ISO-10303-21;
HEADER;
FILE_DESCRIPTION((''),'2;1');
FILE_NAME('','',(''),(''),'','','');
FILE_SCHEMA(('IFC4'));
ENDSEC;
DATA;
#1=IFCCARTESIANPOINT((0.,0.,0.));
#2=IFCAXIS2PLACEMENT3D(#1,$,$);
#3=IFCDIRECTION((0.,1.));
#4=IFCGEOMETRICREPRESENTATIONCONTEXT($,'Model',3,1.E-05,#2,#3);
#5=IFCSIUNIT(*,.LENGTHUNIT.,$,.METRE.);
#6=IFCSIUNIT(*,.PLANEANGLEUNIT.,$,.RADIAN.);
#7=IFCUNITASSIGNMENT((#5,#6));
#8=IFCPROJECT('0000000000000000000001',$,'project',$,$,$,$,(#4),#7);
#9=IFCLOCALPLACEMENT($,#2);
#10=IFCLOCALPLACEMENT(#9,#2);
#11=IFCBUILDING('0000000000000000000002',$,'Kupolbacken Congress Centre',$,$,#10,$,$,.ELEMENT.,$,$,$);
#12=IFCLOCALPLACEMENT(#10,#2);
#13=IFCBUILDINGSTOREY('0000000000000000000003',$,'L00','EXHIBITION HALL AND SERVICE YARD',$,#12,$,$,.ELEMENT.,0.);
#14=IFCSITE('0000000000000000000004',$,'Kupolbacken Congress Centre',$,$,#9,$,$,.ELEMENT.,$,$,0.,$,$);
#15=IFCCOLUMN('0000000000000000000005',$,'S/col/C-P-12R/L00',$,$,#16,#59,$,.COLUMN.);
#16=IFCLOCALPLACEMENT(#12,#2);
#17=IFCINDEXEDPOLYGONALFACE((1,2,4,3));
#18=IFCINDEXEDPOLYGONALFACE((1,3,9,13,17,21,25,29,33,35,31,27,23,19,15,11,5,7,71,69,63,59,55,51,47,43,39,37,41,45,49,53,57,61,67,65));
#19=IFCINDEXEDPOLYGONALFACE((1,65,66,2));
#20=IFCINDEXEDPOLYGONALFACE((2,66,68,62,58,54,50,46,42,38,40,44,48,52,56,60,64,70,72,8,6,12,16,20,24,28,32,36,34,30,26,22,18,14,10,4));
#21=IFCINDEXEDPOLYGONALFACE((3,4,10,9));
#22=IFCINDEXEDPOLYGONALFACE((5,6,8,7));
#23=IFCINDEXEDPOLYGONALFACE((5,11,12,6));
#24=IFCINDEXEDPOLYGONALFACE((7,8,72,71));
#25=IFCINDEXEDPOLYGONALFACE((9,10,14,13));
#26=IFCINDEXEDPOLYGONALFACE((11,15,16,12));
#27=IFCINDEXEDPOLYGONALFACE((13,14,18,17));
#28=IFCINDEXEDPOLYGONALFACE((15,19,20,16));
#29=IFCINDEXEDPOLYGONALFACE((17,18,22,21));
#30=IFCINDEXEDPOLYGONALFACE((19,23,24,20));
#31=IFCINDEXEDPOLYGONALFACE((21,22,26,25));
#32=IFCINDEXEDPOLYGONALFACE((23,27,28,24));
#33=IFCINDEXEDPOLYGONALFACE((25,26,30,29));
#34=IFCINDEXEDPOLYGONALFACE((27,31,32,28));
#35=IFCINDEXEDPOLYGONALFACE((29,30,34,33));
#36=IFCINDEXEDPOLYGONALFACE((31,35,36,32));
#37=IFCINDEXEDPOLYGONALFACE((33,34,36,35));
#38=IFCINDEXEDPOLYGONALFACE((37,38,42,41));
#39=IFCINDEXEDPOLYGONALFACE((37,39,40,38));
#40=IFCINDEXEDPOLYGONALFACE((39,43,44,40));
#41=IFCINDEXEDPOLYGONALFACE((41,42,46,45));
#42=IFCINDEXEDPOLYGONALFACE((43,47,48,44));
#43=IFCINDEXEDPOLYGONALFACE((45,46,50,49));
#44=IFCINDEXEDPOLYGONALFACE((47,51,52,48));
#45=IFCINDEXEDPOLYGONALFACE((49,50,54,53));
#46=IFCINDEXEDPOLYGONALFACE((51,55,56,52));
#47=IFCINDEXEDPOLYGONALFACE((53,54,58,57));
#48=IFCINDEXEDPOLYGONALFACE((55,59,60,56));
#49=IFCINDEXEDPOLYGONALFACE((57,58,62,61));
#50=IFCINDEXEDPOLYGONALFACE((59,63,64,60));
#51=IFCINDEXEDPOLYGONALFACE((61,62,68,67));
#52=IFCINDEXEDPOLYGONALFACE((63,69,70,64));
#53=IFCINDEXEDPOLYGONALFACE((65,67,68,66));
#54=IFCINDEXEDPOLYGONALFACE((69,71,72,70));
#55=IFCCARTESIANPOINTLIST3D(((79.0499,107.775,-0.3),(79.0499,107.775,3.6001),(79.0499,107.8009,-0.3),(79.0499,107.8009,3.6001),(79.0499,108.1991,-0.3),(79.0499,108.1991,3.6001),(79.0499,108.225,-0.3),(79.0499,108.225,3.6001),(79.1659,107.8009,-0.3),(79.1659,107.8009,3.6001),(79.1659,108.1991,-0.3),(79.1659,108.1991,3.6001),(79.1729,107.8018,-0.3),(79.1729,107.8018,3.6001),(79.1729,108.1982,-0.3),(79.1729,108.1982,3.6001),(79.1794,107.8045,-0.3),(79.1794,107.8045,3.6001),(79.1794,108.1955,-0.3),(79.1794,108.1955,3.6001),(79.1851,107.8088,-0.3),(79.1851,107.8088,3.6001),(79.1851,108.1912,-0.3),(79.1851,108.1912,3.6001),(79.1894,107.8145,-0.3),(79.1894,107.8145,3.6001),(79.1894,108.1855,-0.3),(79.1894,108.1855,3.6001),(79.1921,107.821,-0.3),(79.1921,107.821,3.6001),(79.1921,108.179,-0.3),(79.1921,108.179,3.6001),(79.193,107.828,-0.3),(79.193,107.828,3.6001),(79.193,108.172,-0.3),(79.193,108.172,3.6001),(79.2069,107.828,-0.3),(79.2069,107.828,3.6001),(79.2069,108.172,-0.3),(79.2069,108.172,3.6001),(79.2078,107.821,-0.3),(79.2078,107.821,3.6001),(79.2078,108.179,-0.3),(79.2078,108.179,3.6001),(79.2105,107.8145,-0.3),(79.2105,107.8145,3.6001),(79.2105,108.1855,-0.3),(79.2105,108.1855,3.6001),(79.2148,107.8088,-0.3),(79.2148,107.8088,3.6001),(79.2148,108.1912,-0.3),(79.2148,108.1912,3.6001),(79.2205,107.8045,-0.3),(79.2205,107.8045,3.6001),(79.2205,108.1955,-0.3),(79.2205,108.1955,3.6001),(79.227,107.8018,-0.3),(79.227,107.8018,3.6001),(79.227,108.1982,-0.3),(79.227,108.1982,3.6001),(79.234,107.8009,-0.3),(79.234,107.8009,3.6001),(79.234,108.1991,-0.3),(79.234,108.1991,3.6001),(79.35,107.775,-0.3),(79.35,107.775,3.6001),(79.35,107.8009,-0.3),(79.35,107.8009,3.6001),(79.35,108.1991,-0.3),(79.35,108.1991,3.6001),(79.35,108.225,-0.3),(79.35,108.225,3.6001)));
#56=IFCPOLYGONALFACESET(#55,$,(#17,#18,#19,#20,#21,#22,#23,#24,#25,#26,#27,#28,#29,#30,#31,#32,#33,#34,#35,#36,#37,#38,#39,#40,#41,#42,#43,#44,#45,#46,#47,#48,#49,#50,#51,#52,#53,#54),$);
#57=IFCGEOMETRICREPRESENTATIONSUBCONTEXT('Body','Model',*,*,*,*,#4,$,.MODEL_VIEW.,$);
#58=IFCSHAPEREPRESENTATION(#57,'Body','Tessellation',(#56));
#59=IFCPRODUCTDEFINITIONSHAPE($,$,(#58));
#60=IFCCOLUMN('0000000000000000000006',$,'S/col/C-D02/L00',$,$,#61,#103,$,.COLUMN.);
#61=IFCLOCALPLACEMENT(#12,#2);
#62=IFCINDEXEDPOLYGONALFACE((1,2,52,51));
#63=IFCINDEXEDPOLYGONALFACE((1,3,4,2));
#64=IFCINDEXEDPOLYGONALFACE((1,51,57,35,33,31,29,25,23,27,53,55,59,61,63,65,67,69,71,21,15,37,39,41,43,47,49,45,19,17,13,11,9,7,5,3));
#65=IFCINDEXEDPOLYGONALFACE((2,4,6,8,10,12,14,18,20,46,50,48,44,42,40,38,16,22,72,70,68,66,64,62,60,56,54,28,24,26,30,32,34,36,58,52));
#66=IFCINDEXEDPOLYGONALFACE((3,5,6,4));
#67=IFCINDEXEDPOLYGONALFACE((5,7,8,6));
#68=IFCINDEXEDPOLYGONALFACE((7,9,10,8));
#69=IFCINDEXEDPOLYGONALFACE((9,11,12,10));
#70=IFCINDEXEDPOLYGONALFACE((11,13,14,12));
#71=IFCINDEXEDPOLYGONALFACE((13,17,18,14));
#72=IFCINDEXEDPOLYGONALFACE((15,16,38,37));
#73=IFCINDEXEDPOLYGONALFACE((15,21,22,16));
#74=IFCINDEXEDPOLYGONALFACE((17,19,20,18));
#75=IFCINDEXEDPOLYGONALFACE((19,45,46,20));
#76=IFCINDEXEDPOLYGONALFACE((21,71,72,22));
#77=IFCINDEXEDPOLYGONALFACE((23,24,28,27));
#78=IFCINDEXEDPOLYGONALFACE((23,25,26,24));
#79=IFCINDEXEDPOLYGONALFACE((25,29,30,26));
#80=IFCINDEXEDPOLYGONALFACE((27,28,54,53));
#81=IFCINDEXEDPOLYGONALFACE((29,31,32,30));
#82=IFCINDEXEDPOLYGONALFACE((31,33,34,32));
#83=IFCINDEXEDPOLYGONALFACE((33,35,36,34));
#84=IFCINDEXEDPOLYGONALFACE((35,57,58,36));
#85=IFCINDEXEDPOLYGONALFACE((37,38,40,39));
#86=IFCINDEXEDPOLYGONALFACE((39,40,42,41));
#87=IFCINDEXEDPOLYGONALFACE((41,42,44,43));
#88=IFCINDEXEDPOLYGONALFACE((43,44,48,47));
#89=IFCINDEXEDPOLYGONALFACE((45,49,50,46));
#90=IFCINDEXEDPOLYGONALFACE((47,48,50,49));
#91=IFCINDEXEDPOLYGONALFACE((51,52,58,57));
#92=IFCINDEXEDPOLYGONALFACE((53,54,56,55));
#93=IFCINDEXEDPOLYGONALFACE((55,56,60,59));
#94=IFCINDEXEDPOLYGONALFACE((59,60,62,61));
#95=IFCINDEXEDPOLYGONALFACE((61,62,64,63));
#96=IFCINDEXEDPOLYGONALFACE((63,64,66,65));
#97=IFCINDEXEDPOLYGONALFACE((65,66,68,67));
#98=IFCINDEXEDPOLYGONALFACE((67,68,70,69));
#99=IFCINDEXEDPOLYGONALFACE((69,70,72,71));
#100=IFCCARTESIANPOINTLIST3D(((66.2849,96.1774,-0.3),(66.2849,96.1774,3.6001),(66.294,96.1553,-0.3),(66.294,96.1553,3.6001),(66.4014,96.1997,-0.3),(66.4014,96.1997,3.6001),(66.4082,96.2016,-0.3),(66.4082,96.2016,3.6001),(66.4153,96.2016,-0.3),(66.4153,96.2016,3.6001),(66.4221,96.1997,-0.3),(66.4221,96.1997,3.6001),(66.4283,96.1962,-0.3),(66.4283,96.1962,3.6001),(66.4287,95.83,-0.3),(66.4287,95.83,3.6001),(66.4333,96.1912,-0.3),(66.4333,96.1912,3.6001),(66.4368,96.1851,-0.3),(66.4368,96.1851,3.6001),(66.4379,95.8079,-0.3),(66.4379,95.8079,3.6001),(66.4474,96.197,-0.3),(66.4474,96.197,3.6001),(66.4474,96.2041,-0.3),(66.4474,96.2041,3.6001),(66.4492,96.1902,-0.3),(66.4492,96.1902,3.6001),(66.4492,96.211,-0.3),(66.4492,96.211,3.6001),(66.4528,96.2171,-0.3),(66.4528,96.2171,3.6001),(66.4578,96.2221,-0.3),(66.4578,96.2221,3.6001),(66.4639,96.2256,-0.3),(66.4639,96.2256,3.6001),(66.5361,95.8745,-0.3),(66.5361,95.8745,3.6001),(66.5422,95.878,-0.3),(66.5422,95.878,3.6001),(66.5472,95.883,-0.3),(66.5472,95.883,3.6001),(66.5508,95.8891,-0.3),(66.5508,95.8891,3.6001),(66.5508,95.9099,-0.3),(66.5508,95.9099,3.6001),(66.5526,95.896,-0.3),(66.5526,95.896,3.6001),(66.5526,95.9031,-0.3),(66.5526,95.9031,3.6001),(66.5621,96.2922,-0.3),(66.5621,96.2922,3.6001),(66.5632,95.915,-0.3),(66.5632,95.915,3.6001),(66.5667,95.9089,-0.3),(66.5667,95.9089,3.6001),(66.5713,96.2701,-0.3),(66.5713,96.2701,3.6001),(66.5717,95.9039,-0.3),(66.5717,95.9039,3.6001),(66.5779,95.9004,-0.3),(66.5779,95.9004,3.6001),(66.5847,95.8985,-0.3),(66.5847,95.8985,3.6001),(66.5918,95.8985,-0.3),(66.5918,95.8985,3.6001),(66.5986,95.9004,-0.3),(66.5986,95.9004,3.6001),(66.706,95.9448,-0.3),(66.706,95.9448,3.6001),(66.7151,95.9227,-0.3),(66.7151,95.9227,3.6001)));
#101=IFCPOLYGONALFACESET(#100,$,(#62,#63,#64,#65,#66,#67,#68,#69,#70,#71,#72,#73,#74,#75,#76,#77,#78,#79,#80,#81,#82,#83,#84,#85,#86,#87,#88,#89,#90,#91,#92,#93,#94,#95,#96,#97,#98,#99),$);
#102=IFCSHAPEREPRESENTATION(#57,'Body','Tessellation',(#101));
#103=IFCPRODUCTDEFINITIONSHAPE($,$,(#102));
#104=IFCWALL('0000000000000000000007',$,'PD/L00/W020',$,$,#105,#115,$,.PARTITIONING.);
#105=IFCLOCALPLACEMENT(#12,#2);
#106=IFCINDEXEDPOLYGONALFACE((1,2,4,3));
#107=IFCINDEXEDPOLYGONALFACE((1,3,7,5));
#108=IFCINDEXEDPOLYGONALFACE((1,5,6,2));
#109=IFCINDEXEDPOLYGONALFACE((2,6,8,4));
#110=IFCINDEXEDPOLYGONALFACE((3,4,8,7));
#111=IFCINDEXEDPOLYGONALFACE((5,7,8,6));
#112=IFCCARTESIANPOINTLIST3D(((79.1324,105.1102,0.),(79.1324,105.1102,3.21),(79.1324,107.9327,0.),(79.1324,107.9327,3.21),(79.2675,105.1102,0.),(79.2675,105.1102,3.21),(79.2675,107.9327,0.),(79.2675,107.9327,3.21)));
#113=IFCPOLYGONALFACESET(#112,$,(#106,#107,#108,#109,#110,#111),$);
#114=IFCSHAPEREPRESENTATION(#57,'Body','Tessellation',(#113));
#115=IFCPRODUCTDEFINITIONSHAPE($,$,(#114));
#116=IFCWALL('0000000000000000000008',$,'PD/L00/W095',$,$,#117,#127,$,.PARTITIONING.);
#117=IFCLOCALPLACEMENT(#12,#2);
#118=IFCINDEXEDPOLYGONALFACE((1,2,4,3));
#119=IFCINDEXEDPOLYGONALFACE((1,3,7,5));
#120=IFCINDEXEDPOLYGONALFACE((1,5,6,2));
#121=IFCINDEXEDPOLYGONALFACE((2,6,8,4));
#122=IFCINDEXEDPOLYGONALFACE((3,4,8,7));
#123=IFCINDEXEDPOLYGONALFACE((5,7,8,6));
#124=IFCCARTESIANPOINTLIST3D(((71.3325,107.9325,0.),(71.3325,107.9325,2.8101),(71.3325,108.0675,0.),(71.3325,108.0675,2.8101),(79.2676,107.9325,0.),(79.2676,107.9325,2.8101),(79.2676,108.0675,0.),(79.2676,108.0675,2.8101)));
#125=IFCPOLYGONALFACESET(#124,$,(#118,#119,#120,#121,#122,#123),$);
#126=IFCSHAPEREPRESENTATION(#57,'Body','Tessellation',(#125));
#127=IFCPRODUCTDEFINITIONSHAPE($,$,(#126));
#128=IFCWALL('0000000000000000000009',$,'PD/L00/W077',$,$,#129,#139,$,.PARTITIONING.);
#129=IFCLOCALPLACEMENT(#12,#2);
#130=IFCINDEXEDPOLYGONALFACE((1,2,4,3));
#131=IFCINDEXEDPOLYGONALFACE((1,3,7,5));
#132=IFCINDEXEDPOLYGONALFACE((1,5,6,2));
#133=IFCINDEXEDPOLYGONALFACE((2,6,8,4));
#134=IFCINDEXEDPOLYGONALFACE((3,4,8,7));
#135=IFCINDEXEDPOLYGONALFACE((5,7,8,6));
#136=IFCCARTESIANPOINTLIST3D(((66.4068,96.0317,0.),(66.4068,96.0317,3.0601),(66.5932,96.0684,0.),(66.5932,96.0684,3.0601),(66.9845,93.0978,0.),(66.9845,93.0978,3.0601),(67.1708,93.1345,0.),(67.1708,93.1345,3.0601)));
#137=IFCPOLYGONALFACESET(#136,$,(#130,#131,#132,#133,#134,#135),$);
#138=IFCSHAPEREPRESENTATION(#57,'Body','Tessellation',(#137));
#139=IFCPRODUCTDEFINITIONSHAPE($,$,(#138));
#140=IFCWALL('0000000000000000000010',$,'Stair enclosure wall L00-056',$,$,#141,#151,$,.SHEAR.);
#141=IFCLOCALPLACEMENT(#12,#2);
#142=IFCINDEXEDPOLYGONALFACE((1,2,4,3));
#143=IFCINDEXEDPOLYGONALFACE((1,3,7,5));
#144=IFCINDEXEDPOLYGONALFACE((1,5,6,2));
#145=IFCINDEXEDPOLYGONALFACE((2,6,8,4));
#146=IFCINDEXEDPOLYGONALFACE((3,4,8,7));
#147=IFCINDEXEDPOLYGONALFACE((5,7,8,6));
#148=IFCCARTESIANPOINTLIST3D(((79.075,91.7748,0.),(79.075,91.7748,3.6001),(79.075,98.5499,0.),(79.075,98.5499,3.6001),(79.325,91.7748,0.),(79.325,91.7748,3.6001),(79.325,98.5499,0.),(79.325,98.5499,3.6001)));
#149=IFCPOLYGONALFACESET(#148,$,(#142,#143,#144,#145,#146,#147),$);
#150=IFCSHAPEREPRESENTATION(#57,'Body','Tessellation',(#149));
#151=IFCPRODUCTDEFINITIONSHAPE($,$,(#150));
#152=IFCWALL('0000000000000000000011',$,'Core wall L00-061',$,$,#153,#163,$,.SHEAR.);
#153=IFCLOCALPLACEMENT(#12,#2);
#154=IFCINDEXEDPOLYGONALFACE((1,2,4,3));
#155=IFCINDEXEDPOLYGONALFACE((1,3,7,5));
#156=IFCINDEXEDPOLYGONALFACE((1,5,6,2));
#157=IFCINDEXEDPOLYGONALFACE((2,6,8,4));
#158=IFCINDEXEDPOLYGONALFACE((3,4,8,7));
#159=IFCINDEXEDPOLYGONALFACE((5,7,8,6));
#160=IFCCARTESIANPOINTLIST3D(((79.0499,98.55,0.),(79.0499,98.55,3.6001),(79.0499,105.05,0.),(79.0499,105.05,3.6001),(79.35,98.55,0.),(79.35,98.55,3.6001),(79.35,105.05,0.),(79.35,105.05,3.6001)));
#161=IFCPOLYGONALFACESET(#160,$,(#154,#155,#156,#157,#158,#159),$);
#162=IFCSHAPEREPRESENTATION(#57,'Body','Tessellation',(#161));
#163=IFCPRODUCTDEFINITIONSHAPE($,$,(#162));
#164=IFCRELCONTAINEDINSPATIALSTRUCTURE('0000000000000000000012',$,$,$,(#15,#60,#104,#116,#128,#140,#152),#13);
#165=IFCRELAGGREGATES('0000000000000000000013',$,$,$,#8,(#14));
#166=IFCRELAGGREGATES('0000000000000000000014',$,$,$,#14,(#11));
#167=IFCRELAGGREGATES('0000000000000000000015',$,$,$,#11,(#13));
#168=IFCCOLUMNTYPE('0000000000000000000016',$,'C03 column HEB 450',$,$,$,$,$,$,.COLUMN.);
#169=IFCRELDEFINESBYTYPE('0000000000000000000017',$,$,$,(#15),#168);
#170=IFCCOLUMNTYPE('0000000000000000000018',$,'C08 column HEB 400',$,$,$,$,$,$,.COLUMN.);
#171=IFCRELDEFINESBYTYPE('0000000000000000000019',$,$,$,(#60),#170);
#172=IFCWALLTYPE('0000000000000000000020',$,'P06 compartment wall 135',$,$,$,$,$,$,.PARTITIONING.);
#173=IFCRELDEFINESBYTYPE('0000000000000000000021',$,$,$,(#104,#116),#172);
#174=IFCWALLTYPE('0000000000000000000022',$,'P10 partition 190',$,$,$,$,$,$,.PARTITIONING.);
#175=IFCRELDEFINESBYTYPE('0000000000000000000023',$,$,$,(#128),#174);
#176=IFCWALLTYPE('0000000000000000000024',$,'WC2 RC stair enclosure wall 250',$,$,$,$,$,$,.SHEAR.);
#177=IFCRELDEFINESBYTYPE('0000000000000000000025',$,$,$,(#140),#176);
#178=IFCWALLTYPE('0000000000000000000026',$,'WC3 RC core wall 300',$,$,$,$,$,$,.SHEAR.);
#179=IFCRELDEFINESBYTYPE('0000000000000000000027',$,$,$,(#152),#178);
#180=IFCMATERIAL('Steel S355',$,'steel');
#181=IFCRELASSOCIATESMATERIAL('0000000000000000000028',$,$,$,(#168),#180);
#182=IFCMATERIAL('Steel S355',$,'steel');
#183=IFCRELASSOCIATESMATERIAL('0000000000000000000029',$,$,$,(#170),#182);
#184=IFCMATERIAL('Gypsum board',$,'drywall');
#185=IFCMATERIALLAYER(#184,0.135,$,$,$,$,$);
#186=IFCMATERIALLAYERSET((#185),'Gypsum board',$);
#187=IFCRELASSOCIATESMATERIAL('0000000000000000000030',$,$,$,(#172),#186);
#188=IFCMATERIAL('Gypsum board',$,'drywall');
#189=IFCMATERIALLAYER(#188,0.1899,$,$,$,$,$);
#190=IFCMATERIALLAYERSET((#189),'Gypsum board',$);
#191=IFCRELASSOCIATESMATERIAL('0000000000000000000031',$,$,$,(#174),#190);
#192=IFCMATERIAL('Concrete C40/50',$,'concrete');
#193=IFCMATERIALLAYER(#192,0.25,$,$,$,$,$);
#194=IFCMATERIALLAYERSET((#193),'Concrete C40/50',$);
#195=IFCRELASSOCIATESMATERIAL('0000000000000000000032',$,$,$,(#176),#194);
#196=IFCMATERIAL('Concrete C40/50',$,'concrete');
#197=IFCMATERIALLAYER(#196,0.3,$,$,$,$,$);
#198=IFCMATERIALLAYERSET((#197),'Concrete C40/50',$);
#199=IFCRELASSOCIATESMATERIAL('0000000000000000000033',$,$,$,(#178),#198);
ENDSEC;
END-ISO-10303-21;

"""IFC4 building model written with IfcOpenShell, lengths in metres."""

from ifc_helpers import new_model, si_unit, direction, frame, frame_2d, origin, origin_2d, place, context, subcontext, project, spatial, rectangle, i_section, extrude, material, layer, layer_set, material_profile, profile_set, type_object, element, save


model = new_model("IFC4")

# Units and contexts
model_context = context("Model", 3, precision=1e-05, world=origin(), true_north=direction((0.0, 1.0)))
body_context = subcontext(model_context, "Body", "Model", "MODEL_VIEW")
ifc_project = project(units=[si_unit("LENGTHUNIT", "METRE"), si_unit("PLANEANGLEUNIT", "RADIAN")], contexts=[model_context])

# Site, building, storey
site_placement = place(None, origin())
site = spatial("IfcSite", under=ifc_project, at=site_placement, Name="Kupolbacken Congress Centre", CompositionType="ELEMENT", RefElevation=0.0)
building_placement = place(site_placement, origin())
building = spatial("IfcBuilding", under=site, at=building_placement, Name="Kupolbacken Congress Centre", CompositionType="ELEMENT")
storey_placement = place(building_placement, origin())
storey = spatial("IfcBuildingStorey", under=building, at=storey_placement, Name="L00", Description="EXHIBITION HALL AND SERVICE YARD", CompositionType="ELEMENT", Elevation=0.0)

# Columns
ifc_material_1 = material(Name="Steel S355", Category="steel")
ifc_material_profile_1 = material_profile(ifc_material_1, i_section(OverallWidth=0.3, OverallDepth=0.45, WebThickness=0.0139, FlangeThickness=0.0259, FilletRadius=0.0271, at=origin_2d()), Name="HEB 450")
ifc_profile_set_1 = profile_set([ifc_material_profile_1], Name="Steel S355")
column_type_1 = type_object("IfcColumnType", Name="C03 column HEB 450", PredefinedType="COLUMN", material=ifc_profile_set_1)
for number, where, z_axis, x_axis, name in (
    (1, (79.2, 108.0, -0.3), (0.0, 0.0, 1.0), (1.0, 0.0, 0.0), "S/col/C-P-12R/L00"),
):
    element("IfcColumn", number, at=place(storey_placement, frame(where, z_axis=z_axis, x_axis=x_axis)), inside=storey, type_object=column_type_1, Name=name, PredefinedType="COLUMN", context=body_context, shape_type="SweptSolid", body=[
        extrude(i_section(OverallWidth=0.3, OverallDepth=0.45, WebThickness=0.0139, FlangeThickness=0.0259, FilletRadius=0.0271, at=origin_2d()), origin(), (0.0, 0.0, 1.0), 3.9001),
    ])
ifc_material_2 = material(Name="Steel S355", Category="steel")
ifc_material_profile_2 = material_profile(ifc_material_2, i_section(OverallWidth=0.3, OverallDepth=0.3999, WebThickness=0.0134, FlangeThickness=0.0239, FilletRadius=0.0271, at=origin_2d()), Name="HEB 400")
ifc_profile_set_2 = profile_set([ifc_material_profile_2], Name="Steel S355")
column_type_2 = type_object("IfcColumnType", Name="C08 column HEB 400", PredefinedType="COLUMN", material=ifc_profile_set_2)
column_placement = place(storey_placement, frame((66.5, 96.05, -0.3), z_axis=(0.0, 0.0, 1.0), x_axis=(0.923896, 0.382644, 0.0)))
element("IfcColumn", 2, at=column_placement, inside=storey, type_object=column_type_2, Name="S/col/C-D02/L00", PredefinedType="COLUMN", context=body_context, shape_type="SweptSolid", body=[
    extrude(i_section(OverallWidth=0.3, OverallDepth=0.3999, WebThickness=0.0134, FlangeThickness=0.0239, FilletRadius=0.0271, at=origin_2d()), origin(), (0.0, 0.0, 1.0), 3.9001),
])

# Walls
ifc_material_3 = material(Name="Gypsum board", Category="drywall")
ifc_layer_1 = layer(ifc_material_3, 0.135)
ifc_layer_set_1 = layer_set([ifc_layer_1], Name="Gypsum board")
wall_type_1 = type_object("IfcWallType", Name="P06 compartment wall 135", PredefinedType="PARTITIONING", material=ifc_layer_set_1)
wall_1_placement = place(storey_placement, frame((79.2, 107.9326, 0.0), z_axis=(0.0, 0.0, 1.0), x_axis=(0.0, -1.0, 0.0)))
element("IfcWall", 3, at=wall_1_placement, inside=storey, type_object=wall_type_1, Name="PD/L00/W020", PredefinedType="PARTITIONING", context=body_context, shape_type="SweptSolid", body=[
    extrude(rectangle(XDim=2.8225, YDim=0.135, at=frame_2d((1.4111, 0.0))), origin(), (0.0, 0.0, 1.0), 3.21),
])
wall_2_placement = place(storey_placement, frame((71.3325, 108.0, 0.0), z_axis=(0.0, 0.0, 1.0), x_axis=(1.0, 0.0, 0.0)))
element("IfcWall", 4, at=wall_2_placement, inside=storey, type_object=wall_type_1, Name="PD/L00/W095", PredefinedType="PARTITIONING", context=body_context, shape_type="SweptSolid", body=[
    extrude(rectangle(XDim=7.9351, YDim=0.135, at=frame_2d((3.9675, 0.0))), origin(), (0.0, 0.0, 1.0), 2.8101),
])
ifc_material_4 = material(Name="Gypsum board", Category="drywall")
ifc_layer_2 = layer(ifc_material_4, 0.1899)
ifc_layer_set_2 = layer_set([ifc_layer_2], Name="Gypsum board")
wall_type_2 = type_object("IfcWallType", Name="P10 partition 190", PredefinedType="PARTITIONING", material=ifc_layer_set_2)
wall_3_placement = place(storey_placement, frame((66.5, 96.05, 0.0), z_axis=(0.0, 0.0, 1.0), x_axis=(0.193179, -0.981164, 0.0)))
element("IfcWall", 5, at=wall_3_placement, inside=storey, type_object=wall_type_2, Name="PD/L00/W077", PredefinedType="PARTITIONING", context=body_context, shape_type="SweptSolid", body=[
    extrude(rectangle(XDim=2.9902, YDim=0.1899, at=frame_2d((1.4951, 0.0))), origin(), (0.0, 0.0, 1.0), 3.0601),
])
ifc_material_5 = material(Name="Concrete C40/50", Category="concrete")
ifc_layer_3 = layer(ifc_material_5, 0.25)
ifc_layer_set_3 = layer_set([ifc_layer_3], Name="Concrete C40/50")
wall_type_3 = type_object("IfcWallType", Name="WC2 RC stair enclosure wall 250", PredefinedType="SHEAR", material=ifc_layer_set_3)
wall_4_placement = place(storey_placement, frame((79.2, 98.55, 0.0), z_axis=(0.0, 0.0, 1.0), x_axis=(0.0, -1.0, 0.0)))
element("IfcWall", 6, at=wall_4_placement, inside=storey, type_object=wall_type_3, Name="Stair enclosure wall L00-056", PredefinedType="SHEAR", context=body_context, shape_type="SweptSolid", body=[
    extrude(rectangle(XDim=6.7751, YDim=0.25, at=frame_2d((3.3877, 0.0))), origin(), (0.0, 0.0, 1.0), 3.6001),
])
ifc_material_6 = material(Name="Concrete C40/50", Category="concrete")
ifc_layer_4 = layer(ifc_material_6, 0.3)
ifc_layer_set_4 = layer_set([ifc_layer_4], Name="Concrete C40/50")
wall_type_4 = type_object("IfcWallType", Name="WC3 RC core wall 300", PredefinedType="SHEAR", material=ifc_layer_set_4)
wall_5_placement = place(storey_placement, frame((79.2, 105.05, 0.0), z_axis=(0.0, 0.0, 1.0), x_axis=(0.0, -1.0, 0.0)))
element("IfcWall", 7, at=wall_5_placement, inside=storey, type_object=wall_type_4, Name="Core wall L00-061", PredefinedType="SHEAR", context=body_context, shape_type="SweptSolid", body=[
    extrude(rectangle(XDim=6.5, YDim=0.3, at=frame_2d((3.25, 0.0))), origin(), (0.0, 0.0, 1.0), 3.6001),
])

save(model, "model.ifc")
